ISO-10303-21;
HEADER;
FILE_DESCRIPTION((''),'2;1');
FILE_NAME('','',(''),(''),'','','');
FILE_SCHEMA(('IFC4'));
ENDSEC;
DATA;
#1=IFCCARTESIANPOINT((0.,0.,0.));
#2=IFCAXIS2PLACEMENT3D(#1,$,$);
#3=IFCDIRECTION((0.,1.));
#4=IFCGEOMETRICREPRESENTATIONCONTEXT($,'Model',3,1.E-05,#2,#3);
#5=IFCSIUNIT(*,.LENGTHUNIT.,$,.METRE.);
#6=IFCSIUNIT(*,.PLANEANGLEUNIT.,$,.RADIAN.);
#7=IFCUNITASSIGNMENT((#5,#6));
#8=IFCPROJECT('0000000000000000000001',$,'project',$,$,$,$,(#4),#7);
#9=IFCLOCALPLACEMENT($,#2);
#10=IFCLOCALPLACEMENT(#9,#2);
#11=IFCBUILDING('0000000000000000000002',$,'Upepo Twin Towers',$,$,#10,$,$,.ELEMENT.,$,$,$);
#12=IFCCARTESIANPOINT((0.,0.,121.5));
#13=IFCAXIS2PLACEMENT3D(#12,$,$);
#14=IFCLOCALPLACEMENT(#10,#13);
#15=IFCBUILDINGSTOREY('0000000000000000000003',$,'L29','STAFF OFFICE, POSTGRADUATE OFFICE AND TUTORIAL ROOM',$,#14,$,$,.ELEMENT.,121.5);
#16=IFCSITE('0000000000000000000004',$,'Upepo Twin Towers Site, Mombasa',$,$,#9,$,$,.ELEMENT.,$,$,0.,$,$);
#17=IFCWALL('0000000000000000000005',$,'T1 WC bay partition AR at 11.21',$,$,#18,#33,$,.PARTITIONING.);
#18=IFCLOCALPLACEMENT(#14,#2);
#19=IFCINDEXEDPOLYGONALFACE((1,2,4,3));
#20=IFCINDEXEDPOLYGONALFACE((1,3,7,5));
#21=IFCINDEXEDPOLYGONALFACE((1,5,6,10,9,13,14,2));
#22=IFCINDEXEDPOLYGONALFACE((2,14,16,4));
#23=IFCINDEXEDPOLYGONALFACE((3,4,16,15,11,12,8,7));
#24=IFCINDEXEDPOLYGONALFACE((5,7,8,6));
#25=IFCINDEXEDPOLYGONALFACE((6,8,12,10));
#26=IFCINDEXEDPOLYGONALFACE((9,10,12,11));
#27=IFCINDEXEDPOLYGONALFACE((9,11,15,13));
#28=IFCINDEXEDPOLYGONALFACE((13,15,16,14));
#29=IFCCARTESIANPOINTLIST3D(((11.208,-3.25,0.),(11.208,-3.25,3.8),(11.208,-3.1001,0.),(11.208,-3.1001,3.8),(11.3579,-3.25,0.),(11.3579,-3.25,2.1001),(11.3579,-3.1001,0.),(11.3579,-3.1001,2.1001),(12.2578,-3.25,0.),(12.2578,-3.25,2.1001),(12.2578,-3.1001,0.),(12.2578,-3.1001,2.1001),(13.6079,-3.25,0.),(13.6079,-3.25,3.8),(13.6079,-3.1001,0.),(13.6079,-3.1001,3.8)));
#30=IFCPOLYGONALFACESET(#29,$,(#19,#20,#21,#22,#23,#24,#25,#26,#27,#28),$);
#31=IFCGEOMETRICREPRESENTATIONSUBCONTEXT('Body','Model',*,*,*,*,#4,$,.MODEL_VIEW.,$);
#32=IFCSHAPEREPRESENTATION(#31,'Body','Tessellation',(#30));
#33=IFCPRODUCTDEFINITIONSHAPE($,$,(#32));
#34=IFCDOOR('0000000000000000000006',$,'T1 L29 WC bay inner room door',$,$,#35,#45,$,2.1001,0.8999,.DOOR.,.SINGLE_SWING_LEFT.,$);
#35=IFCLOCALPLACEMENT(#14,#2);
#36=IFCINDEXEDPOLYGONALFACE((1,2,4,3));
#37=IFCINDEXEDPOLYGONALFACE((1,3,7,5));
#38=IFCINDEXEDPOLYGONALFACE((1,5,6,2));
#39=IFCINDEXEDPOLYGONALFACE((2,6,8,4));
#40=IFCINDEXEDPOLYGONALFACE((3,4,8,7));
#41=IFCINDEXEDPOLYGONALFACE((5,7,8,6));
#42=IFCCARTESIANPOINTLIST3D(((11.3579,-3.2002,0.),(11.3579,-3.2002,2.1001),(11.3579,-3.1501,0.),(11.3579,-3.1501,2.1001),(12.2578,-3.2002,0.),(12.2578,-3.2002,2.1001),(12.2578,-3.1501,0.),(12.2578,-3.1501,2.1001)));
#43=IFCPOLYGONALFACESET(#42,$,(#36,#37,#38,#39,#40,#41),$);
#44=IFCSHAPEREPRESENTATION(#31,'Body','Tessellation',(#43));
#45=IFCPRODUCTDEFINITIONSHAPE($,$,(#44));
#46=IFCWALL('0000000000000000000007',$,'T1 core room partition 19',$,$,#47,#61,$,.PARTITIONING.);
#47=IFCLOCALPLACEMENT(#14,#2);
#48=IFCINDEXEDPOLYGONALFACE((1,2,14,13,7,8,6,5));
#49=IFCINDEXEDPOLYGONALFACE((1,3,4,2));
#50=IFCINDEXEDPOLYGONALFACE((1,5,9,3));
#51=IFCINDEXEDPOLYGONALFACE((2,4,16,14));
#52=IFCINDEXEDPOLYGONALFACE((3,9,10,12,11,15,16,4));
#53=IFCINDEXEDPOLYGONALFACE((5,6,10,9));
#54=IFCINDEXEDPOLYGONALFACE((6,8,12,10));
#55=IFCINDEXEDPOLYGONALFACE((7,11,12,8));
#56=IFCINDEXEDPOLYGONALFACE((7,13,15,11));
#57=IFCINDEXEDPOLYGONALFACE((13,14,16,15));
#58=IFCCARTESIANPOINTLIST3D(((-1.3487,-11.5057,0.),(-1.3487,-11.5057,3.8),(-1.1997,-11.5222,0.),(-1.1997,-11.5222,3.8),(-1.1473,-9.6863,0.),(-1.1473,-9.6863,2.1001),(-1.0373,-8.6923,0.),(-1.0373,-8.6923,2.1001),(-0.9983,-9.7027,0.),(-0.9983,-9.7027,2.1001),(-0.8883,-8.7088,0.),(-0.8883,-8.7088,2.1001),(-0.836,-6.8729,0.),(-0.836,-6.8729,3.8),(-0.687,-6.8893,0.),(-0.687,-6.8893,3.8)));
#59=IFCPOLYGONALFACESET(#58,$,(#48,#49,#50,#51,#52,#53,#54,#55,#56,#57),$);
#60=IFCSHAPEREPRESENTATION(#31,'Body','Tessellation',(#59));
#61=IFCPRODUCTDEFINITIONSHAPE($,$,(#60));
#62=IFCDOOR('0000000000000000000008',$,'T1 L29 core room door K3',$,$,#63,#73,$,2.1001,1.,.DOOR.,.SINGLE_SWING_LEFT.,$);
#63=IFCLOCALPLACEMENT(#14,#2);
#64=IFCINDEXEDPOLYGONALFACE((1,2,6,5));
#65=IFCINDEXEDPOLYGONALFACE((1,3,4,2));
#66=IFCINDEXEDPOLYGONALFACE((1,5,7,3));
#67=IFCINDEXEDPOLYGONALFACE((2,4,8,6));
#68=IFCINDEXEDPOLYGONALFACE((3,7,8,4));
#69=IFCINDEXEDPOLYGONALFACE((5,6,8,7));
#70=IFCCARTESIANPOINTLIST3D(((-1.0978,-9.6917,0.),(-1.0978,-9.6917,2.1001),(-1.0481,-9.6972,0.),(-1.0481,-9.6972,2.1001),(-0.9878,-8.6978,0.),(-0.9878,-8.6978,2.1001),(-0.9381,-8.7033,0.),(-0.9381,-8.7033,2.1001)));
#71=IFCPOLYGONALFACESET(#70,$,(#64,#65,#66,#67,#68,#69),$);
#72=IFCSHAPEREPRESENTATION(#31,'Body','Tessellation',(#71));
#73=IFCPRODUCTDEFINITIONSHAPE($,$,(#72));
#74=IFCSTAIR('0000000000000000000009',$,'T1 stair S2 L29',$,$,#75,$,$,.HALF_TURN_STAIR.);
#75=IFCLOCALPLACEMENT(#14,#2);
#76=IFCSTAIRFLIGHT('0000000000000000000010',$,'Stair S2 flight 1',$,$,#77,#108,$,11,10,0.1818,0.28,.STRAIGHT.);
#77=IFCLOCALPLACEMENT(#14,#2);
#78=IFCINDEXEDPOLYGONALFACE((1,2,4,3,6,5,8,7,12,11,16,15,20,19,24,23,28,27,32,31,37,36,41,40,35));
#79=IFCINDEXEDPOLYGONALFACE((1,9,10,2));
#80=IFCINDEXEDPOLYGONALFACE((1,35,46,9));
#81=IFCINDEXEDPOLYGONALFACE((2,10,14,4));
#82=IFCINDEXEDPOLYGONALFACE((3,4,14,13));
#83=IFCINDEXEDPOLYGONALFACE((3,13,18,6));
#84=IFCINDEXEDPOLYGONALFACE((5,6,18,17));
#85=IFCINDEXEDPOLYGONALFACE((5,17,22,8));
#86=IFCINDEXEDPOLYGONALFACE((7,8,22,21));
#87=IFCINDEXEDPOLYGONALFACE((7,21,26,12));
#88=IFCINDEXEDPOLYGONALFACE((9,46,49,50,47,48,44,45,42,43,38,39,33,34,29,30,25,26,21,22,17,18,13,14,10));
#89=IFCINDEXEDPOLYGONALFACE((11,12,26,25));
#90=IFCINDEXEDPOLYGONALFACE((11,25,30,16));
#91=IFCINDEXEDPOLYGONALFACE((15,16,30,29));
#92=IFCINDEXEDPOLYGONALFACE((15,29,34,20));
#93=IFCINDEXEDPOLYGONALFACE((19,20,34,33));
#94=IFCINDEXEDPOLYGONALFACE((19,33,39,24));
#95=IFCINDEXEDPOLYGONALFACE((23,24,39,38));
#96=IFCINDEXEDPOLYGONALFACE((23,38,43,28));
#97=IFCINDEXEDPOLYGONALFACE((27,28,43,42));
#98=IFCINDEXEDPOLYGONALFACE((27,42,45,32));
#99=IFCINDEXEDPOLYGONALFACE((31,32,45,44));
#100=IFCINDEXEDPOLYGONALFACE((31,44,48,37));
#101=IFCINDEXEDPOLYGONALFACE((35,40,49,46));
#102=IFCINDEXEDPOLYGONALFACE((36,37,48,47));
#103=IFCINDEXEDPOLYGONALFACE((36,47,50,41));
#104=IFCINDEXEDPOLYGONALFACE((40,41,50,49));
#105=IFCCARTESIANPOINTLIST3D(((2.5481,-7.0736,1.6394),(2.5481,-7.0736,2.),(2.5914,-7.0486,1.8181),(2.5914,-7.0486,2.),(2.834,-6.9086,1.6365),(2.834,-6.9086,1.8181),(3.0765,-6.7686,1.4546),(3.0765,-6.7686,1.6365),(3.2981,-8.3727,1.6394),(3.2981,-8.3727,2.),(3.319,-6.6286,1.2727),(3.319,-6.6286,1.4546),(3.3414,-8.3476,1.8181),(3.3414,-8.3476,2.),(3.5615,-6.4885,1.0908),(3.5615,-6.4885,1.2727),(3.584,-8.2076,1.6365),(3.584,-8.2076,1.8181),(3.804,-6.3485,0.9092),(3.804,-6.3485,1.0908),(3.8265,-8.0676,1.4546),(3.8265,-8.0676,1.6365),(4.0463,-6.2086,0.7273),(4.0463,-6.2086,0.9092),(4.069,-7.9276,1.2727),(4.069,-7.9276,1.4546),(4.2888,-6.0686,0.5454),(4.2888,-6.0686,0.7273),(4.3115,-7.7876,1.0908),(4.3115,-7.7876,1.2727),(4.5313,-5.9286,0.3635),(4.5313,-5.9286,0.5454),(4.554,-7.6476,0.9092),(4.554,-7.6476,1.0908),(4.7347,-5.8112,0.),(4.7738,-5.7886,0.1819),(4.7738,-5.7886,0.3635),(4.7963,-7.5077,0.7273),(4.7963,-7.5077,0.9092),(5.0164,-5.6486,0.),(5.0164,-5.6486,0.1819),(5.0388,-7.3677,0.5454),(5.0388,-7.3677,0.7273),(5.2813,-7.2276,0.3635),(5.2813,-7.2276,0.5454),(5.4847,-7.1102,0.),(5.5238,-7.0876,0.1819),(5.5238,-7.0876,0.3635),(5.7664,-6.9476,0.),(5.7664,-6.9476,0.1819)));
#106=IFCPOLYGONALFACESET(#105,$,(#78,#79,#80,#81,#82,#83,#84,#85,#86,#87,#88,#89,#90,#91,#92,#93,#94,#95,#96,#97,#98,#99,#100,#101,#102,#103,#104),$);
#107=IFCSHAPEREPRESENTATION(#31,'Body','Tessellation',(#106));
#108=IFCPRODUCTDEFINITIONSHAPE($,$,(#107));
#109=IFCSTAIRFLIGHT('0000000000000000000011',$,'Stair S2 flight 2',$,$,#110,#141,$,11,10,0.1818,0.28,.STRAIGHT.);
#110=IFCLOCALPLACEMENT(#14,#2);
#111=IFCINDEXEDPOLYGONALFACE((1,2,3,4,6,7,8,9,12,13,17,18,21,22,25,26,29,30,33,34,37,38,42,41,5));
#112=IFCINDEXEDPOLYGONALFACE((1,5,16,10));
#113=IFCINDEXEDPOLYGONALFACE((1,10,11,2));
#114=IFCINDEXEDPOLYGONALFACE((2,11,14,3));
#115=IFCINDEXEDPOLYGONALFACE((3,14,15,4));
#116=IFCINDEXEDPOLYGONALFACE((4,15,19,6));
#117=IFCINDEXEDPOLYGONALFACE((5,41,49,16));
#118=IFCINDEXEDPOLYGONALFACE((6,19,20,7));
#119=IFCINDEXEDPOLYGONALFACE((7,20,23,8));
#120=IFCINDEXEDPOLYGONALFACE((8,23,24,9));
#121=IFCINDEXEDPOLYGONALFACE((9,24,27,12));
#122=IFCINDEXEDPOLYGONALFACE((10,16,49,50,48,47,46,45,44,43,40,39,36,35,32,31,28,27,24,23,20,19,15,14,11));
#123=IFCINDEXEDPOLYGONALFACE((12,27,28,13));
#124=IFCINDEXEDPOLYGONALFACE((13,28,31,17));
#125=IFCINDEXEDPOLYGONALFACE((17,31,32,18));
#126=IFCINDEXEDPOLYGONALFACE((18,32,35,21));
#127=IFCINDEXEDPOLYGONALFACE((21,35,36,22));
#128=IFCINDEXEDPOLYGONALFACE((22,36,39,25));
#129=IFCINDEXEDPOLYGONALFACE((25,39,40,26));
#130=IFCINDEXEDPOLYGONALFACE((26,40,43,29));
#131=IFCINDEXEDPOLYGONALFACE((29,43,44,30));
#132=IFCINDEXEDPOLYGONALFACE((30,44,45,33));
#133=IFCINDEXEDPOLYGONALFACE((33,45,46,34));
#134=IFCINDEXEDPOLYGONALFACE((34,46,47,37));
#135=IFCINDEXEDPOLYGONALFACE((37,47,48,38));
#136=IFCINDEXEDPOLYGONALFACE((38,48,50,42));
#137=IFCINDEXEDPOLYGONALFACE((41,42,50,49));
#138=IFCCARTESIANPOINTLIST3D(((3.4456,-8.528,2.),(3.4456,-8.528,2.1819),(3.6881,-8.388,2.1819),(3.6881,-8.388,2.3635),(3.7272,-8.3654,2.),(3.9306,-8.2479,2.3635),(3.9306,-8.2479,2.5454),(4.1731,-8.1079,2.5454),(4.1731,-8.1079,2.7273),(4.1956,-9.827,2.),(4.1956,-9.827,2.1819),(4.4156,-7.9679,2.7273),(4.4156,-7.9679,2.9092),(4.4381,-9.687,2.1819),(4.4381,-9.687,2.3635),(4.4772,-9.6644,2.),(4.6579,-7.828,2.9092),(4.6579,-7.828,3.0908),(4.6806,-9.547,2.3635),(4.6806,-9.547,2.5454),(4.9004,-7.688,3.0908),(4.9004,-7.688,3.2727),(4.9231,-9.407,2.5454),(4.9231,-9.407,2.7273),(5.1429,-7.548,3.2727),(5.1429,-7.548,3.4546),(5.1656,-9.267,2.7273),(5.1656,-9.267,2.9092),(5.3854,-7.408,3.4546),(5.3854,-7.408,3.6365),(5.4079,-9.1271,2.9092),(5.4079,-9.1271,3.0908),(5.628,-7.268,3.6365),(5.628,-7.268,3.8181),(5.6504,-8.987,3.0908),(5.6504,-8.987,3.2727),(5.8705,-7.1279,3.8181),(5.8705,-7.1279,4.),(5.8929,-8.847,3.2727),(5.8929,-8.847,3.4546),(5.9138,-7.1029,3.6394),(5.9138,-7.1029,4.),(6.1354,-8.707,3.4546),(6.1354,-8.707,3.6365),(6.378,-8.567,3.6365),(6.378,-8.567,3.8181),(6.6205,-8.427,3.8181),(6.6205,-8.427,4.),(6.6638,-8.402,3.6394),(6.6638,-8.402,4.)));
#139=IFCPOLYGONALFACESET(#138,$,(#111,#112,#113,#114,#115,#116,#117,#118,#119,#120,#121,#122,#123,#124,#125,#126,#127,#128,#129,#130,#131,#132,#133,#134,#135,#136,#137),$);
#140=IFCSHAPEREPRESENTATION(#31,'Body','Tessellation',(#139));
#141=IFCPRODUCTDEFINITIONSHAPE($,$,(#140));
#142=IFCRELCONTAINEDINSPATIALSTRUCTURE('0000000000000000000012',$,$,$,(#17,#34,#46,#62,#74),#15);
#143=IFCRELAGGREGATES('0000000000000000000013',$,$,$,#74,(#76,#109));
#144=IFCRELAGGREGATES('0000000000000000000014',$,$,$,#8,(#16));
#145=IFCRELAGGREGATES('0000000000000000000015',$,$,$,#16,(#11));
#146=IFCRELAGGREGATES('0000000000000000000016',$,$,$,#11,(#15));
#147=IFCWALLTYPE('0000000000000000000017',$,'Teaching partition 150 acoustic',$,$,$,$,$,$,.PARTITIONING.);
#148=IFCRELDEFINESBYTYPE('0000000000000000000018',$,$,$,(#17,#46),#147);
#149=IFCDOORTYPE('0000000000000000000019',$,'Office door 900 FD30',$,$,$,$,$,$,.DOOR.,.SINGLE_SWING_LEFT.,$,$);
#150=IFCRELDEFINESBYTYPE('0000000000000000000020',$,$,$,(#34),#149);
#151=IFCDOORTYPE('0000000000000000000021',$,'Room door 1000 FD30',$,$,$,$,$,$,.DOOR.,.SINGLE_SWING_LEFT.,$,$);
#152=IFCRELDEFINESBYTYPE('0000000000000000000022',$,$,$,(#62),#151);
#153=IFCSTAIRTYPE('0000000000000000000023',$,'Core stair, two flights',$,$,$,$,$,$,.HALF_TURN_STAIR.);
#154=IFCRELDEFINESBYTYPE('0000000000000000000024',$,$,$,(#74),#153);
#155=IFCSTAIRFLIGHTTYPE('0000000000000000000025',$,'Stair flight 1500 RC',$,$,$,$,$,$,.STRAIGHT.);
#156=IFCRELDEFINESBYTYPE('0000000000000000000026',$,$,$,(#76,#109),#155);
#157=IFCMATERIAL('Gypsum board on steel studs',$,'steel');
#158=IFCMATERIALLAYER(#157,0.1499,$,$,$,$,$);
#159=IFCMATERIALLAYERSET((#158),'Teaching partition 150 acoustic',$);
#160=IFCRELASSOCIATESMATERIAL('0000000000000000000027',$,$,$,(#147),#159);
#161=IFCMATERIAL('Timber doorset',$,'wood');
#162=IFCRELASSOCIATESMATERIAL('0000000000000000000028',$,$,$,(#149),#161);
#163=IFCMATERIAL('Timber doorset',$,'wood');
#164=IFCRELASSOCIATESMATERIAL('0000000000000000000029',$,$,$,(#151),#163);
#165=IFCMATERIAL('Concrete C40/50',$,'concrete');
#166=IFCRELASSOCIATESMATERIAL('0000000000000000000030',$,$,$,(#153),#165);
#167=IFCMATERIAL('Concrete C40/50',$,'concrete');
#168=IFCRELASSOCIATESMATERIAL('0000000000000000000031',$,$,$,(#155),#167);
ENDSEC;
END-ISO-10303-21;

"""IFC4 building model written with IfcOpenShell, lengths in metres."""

from ifc_helpers import new_model, si_unit, direction, frame, frame_2d, origin, place, context, subcontext, project, spatial, polyline, rectangle, outline, extrude, material, layer, layer_set, type_object, element, fill, aggregate, save


model = new_model("IFC4")

# Units and contexts
model_context = context("Model", 3, precision=1e-05, world=origin(), true_north=direction((0.0, 1.0)))
body_context = subcontext(model_context, "Body", "Model", "MODEL_VIEW")
ifc_project = project(units=[si_unit("LENGTHUNIT", "METRE"), si_unit("PLANEANGLEUNIT", "RADIAN")], contexts=[model_context])

# Site, building, storey
site_placement = place(None, origin())
site = spatial("IfcSite", under=ifc_project, at=site_placement, Name="Upepo Twin Towers Site, Mombasa", CompositionType="ELEMENT", RefElevation=0.0)
building_placement = place(site_placement, origin())
building = spatial("IfcBuilding", under=site, at=building_placement, Name="Upepo Twin Towers", CompositionType="ELEMENT")
storey_placement = place(building_placement, frame((0.0, 0.0, 121.5)))
storey = spatial("IfcBuildingStorey", under=building, at=storey_placement, Name="L29", Description="STAFF OFFICE, POSTGRADUATE OFFICE AND TUTORIAL ROOM", CompositionType="ELEMENT", Elevation=121.5)

# Walls, openings, doors
ifc_material_1 = material(Name="Gypsum board on steel studs", Category="steel")
ifc_layer_1 = layer(ifc_material_1, 0.1499)
ifc_layer_set_1 = layer_set([ifc_layer_1], Name="Teaching partition 150 acoustic")
wall_type_1 = type_object("IfcWallType", Name="Teaching partition 150 acoustic", PredefinedType="PARTITIONING", material=ifc_layer_set_1)
wall_1_placement = place(storey_placement, frame((11.208, -3.175, 0.0), z_axis=(0.0, 0.0, 1.0), x_axis=(1.0, 0.0, 0.0)))
wall_1 = element("IfcWall", 1, at=wall_1_placement, inside=storey, type_object=wall_type_1, Name="T1 WC bay partition AR at 11.21", PredefinedType="PARTITIONING", context=body_context, shape_type="SweptSolid", body=[
    extrude(rectangle(XDim=2.3999, YDim=0.1499, at=frame_2d((1.2, 0.0))), origin(), (0.0, 0.0, 1.0), 3.8),
])
opening_1_placement = place(wall_1_placement, frame((0.1499, 0.0, 0.0)))
opening_1 = element("IfcOpeningElement", 2, at=opening_1_placement, cuts=wall_1, PredefinedType="OPENING", context=body_context, shape_type="SweptSolid", body=[
    extrude(rectangle(XDim=0.8999, YDim=2.1001, at=frame_2d((0.45, 1.05))), frame((0.0, 0.085, 0.0), z_axis=(0.0, -1.0, 0.0), x_axis=(1.0, 0.0, 0.0)), (0.0, 0.0, 1.0), 0.1699),
])
ifc_material_2 = material(Name="Timber doorset", Category="wood")
door_type_1 = type_object("IfcDoorType", Name="Office door 900 FD30", OperationType="SINGLE_SWING_LEFT", PredefinedType="DOOR", material=ifc_material_2)
door_1_placement = place(opening_1_placement, origin())
door_1 = element("IfcDoor", 3, at=door_1_placement, inside=storey, type_object=door_type_1, Name="T1 L29 WC bay inner room door", OperationType="SINGLE_SWING_LEFT", OverallHeight=2.1001, OverallWidth=0.8999, PredefinedType="DOOR", context=body_context, shape_type="SweptSolid", body=[
    extrude(rectangle(XDim=0.8999, YDim=2.1001, at=frame_2d((0.45, 1.05))), frame((0.0, 0.0249, 0.0), z_axis=(0.0, -1.0, 0.0), x_axis=(1.0, 0.0, 0.0)), (0.0, 0.0, 1.0), 0.05),
])
fill(opening_1, door_1)
wall_2_placement = place(storey_placement, frame((-0.7615, -6.8811, 0.0), z_axis=(0.0, 0.0, 1.0), x_axis=(-0.109995, -0.993932, 0.0)))
wall_2 = element("IfcWall", 4, at=wall_2_placement, inside=storey, type_object=wall_type_1, Name="T1 core room partition 19", PredefinedType="PARTITIONING", context=body_context, shape_type="SweptSolid", body=[
    extrude(rectangle(XDim=4.6611, YDim=0.1499, at=frame_2d((2.3306, 0.0))), origin(), (0.0, 0.0, 1.0), 3.8),
])
opening_2_placement = place(wall_2_placement, frame((1.8306, 0.0, 0.0)))
opening_2 = element("IfcOpeningElement", 5, at=opening_2_placement, cuts=wall_2, PredefinedType="OPENING", context=body_context, shape_type="SweptSolid", body=[
    extrude(rectangle(XDim=1.0, YDim=2.1001, at=frame_2d((0.5, 1.05))), frame((0.0, 0.085, 0.0), z_axis=(0.0, -1.0, 0.0), x_axis=(1.0, 0.0, 0.0)), (0.0, 0.0, 1.0), 0.1699),
])
ifc_material_3 = material(Name="Timber doorset", Category="wood")
door_type_2 = type_object("IfcDoorType", Name="Room door 1000 FD30", OperationType="SINGLE_SWING_LEFT", PredefinedType="DOOR", material=ifc_material_3)
door_2_placement = place(opening_2_placement, origin())
door_2 = element("IfcDoor", 6, at=door_2_placement, inside=storey, type_object=door_type_2, Name="T1 L29 core room door K3", OperationType="SINGLE_SWING_LEFT", OverallHeight=2.1001, OverallWidth=1.0, PredefinedType="DOOR", context=body_context, shape_type="SweptSolid", body=[
    extrude(rectangle(XDim=1.0, YDim=2.1001, at=frame_2d((0.5, 1.05))), frame((0.0, 0.0249, 0.0), z_axis=(0.0, -1.0, 0.0), x_axis=(1.0, 0.0, 0.0)), (0.0, 0.0, 1.0), 0.05),
])
fill(opening_2, door_2)

# Stair, stair flights
ifc_material_4 = material(Name="Concrete C40/50", Category="concrete")
stair_type = type_object("IfcStairType", Name="Core stair, two flights", PredefinedType="HALF_TURN_STAIR", material=ifc_material_4)
stair_placement = place(storey_placement, origin())
stair = element("IfcStair", 7, at=stair_placement, inside=storey, type_object=stair_type, Name="T1 stair S2 L29", PredefinedType="HALF_TURN_STAIR")
ifc_material_5 = material(Name="Concrete C40/50", Category="concrete")
stair_flight_type = type_object("IfcStairFlightType", Name="Stair flight 1500 RC", PredefinedType="STRAIGHT", material=ifc_material_5)
stair_flight_1_placement = place(storey_placement, frame((5.3914, -6.2981, 0.0), z_axis=(0.0, 0.0, 1.0), x_axis=(-0.866025, -0.5, 0.0)))
stair_flight_1 = element("IfcStairFlight", 8, at=stair_flight_1_placement, type_object=stair_flight_type, Name="Stair S2 flight 1", NumberOfRisers=11, NumberOfTreads=10, PredefinedType="STRAIGHT", RiserHeight=0.1818, TreadLength=0.28, context=body_context, shape_type="SweptSolid", body=[
    extrude(outline(polyline([(0.0, 0.0), (0.0, 0.1819), (0.28, 0.1819), (0.28, 0.3635), (0.5601, 0.3635), (0.5601, 0.5454), (0.8401, 0.5454), (0.8401, 0.7273), (1.1201, 0.7273), (1.1201, 0.9092), (1.3999, 0.9092), (1.3999, 1.0908), (1.6799, 1.0908), (1.6799, 1.2727), (1.96, 1.2727), (1.96, 1.4546), (2.24, 1.4546), (2.24, 1.6365), (2.52, 1.6365), (2.52, 1.8181), (2.8, 1.8181), (2.8, 2.0), (2.8501, 2.0), (2.8501, 1.6394), (0.3252, 0.0), (0.0, 0.0)])), frame((0.0, 0.75, 0.0), z_axis=(0.0, -1.0, 0.0), x_axis=(1.0, 0.0, 0.0)), (0.0, 0.0, 1.0), 1.5),
])
stair_flight_2_placement = place(storey_placement, frame((3.8206, -9.1775, 2.0), z_axis=(0.0, 0.0, 1.0), x_axis=(0.866025, 0.5, 0.0)))
stair_flight_2 = element("IfcStairFlight", 9, at=stair_flight_2_placement, type_object=stair_flight_type, Name="Stair S2 flight 2", NumberOfRisers=11, NumberOfTreads=10, PredefinedType="STRAIGHT", RiserHeight=0.1818, TreadLength=0.28, context=body_context, shape_type="SweptSolid", body=[
    extrude(outline(polyline([(0.0, 0.0), (0.0, 0.1819), (0.28, 0.1819), (0.28, 0.3635), (0.5601, 0.3635), (0.5601, 0.5454), (0.8401, 0.5454), (0.8401, 0.7273), (1.1201, 0.7273), (1.1201, 0.9092), (1.3999, 0.9092), (1.3999, 1.0908), (1.6799, 1.0908), (1.6799, 1.2727), (1.96, 1.2727), (1.96, 1.4546), (2.24, 1.4546), (2.24, 1.6365), (2.52, 1.6365), (2.52, 1.8181), (2.8, 1.8181), (2.8, 2.0), (2.8501, 2.0), (2.8501, 1.6394), (0.3252, 0.0), (0.0, 0.0)])), frame((0.0, 0.75, 0.0), z_axis=(0.0, -1.0, 0.0), x_axis=(1.0, 0.0, 0.0)), (0.0, 0.0, 1.0), 1.5),
])
aggregate(stair, [stair_flight_1, stair_flight_2])

save(model, "model.ifc")
